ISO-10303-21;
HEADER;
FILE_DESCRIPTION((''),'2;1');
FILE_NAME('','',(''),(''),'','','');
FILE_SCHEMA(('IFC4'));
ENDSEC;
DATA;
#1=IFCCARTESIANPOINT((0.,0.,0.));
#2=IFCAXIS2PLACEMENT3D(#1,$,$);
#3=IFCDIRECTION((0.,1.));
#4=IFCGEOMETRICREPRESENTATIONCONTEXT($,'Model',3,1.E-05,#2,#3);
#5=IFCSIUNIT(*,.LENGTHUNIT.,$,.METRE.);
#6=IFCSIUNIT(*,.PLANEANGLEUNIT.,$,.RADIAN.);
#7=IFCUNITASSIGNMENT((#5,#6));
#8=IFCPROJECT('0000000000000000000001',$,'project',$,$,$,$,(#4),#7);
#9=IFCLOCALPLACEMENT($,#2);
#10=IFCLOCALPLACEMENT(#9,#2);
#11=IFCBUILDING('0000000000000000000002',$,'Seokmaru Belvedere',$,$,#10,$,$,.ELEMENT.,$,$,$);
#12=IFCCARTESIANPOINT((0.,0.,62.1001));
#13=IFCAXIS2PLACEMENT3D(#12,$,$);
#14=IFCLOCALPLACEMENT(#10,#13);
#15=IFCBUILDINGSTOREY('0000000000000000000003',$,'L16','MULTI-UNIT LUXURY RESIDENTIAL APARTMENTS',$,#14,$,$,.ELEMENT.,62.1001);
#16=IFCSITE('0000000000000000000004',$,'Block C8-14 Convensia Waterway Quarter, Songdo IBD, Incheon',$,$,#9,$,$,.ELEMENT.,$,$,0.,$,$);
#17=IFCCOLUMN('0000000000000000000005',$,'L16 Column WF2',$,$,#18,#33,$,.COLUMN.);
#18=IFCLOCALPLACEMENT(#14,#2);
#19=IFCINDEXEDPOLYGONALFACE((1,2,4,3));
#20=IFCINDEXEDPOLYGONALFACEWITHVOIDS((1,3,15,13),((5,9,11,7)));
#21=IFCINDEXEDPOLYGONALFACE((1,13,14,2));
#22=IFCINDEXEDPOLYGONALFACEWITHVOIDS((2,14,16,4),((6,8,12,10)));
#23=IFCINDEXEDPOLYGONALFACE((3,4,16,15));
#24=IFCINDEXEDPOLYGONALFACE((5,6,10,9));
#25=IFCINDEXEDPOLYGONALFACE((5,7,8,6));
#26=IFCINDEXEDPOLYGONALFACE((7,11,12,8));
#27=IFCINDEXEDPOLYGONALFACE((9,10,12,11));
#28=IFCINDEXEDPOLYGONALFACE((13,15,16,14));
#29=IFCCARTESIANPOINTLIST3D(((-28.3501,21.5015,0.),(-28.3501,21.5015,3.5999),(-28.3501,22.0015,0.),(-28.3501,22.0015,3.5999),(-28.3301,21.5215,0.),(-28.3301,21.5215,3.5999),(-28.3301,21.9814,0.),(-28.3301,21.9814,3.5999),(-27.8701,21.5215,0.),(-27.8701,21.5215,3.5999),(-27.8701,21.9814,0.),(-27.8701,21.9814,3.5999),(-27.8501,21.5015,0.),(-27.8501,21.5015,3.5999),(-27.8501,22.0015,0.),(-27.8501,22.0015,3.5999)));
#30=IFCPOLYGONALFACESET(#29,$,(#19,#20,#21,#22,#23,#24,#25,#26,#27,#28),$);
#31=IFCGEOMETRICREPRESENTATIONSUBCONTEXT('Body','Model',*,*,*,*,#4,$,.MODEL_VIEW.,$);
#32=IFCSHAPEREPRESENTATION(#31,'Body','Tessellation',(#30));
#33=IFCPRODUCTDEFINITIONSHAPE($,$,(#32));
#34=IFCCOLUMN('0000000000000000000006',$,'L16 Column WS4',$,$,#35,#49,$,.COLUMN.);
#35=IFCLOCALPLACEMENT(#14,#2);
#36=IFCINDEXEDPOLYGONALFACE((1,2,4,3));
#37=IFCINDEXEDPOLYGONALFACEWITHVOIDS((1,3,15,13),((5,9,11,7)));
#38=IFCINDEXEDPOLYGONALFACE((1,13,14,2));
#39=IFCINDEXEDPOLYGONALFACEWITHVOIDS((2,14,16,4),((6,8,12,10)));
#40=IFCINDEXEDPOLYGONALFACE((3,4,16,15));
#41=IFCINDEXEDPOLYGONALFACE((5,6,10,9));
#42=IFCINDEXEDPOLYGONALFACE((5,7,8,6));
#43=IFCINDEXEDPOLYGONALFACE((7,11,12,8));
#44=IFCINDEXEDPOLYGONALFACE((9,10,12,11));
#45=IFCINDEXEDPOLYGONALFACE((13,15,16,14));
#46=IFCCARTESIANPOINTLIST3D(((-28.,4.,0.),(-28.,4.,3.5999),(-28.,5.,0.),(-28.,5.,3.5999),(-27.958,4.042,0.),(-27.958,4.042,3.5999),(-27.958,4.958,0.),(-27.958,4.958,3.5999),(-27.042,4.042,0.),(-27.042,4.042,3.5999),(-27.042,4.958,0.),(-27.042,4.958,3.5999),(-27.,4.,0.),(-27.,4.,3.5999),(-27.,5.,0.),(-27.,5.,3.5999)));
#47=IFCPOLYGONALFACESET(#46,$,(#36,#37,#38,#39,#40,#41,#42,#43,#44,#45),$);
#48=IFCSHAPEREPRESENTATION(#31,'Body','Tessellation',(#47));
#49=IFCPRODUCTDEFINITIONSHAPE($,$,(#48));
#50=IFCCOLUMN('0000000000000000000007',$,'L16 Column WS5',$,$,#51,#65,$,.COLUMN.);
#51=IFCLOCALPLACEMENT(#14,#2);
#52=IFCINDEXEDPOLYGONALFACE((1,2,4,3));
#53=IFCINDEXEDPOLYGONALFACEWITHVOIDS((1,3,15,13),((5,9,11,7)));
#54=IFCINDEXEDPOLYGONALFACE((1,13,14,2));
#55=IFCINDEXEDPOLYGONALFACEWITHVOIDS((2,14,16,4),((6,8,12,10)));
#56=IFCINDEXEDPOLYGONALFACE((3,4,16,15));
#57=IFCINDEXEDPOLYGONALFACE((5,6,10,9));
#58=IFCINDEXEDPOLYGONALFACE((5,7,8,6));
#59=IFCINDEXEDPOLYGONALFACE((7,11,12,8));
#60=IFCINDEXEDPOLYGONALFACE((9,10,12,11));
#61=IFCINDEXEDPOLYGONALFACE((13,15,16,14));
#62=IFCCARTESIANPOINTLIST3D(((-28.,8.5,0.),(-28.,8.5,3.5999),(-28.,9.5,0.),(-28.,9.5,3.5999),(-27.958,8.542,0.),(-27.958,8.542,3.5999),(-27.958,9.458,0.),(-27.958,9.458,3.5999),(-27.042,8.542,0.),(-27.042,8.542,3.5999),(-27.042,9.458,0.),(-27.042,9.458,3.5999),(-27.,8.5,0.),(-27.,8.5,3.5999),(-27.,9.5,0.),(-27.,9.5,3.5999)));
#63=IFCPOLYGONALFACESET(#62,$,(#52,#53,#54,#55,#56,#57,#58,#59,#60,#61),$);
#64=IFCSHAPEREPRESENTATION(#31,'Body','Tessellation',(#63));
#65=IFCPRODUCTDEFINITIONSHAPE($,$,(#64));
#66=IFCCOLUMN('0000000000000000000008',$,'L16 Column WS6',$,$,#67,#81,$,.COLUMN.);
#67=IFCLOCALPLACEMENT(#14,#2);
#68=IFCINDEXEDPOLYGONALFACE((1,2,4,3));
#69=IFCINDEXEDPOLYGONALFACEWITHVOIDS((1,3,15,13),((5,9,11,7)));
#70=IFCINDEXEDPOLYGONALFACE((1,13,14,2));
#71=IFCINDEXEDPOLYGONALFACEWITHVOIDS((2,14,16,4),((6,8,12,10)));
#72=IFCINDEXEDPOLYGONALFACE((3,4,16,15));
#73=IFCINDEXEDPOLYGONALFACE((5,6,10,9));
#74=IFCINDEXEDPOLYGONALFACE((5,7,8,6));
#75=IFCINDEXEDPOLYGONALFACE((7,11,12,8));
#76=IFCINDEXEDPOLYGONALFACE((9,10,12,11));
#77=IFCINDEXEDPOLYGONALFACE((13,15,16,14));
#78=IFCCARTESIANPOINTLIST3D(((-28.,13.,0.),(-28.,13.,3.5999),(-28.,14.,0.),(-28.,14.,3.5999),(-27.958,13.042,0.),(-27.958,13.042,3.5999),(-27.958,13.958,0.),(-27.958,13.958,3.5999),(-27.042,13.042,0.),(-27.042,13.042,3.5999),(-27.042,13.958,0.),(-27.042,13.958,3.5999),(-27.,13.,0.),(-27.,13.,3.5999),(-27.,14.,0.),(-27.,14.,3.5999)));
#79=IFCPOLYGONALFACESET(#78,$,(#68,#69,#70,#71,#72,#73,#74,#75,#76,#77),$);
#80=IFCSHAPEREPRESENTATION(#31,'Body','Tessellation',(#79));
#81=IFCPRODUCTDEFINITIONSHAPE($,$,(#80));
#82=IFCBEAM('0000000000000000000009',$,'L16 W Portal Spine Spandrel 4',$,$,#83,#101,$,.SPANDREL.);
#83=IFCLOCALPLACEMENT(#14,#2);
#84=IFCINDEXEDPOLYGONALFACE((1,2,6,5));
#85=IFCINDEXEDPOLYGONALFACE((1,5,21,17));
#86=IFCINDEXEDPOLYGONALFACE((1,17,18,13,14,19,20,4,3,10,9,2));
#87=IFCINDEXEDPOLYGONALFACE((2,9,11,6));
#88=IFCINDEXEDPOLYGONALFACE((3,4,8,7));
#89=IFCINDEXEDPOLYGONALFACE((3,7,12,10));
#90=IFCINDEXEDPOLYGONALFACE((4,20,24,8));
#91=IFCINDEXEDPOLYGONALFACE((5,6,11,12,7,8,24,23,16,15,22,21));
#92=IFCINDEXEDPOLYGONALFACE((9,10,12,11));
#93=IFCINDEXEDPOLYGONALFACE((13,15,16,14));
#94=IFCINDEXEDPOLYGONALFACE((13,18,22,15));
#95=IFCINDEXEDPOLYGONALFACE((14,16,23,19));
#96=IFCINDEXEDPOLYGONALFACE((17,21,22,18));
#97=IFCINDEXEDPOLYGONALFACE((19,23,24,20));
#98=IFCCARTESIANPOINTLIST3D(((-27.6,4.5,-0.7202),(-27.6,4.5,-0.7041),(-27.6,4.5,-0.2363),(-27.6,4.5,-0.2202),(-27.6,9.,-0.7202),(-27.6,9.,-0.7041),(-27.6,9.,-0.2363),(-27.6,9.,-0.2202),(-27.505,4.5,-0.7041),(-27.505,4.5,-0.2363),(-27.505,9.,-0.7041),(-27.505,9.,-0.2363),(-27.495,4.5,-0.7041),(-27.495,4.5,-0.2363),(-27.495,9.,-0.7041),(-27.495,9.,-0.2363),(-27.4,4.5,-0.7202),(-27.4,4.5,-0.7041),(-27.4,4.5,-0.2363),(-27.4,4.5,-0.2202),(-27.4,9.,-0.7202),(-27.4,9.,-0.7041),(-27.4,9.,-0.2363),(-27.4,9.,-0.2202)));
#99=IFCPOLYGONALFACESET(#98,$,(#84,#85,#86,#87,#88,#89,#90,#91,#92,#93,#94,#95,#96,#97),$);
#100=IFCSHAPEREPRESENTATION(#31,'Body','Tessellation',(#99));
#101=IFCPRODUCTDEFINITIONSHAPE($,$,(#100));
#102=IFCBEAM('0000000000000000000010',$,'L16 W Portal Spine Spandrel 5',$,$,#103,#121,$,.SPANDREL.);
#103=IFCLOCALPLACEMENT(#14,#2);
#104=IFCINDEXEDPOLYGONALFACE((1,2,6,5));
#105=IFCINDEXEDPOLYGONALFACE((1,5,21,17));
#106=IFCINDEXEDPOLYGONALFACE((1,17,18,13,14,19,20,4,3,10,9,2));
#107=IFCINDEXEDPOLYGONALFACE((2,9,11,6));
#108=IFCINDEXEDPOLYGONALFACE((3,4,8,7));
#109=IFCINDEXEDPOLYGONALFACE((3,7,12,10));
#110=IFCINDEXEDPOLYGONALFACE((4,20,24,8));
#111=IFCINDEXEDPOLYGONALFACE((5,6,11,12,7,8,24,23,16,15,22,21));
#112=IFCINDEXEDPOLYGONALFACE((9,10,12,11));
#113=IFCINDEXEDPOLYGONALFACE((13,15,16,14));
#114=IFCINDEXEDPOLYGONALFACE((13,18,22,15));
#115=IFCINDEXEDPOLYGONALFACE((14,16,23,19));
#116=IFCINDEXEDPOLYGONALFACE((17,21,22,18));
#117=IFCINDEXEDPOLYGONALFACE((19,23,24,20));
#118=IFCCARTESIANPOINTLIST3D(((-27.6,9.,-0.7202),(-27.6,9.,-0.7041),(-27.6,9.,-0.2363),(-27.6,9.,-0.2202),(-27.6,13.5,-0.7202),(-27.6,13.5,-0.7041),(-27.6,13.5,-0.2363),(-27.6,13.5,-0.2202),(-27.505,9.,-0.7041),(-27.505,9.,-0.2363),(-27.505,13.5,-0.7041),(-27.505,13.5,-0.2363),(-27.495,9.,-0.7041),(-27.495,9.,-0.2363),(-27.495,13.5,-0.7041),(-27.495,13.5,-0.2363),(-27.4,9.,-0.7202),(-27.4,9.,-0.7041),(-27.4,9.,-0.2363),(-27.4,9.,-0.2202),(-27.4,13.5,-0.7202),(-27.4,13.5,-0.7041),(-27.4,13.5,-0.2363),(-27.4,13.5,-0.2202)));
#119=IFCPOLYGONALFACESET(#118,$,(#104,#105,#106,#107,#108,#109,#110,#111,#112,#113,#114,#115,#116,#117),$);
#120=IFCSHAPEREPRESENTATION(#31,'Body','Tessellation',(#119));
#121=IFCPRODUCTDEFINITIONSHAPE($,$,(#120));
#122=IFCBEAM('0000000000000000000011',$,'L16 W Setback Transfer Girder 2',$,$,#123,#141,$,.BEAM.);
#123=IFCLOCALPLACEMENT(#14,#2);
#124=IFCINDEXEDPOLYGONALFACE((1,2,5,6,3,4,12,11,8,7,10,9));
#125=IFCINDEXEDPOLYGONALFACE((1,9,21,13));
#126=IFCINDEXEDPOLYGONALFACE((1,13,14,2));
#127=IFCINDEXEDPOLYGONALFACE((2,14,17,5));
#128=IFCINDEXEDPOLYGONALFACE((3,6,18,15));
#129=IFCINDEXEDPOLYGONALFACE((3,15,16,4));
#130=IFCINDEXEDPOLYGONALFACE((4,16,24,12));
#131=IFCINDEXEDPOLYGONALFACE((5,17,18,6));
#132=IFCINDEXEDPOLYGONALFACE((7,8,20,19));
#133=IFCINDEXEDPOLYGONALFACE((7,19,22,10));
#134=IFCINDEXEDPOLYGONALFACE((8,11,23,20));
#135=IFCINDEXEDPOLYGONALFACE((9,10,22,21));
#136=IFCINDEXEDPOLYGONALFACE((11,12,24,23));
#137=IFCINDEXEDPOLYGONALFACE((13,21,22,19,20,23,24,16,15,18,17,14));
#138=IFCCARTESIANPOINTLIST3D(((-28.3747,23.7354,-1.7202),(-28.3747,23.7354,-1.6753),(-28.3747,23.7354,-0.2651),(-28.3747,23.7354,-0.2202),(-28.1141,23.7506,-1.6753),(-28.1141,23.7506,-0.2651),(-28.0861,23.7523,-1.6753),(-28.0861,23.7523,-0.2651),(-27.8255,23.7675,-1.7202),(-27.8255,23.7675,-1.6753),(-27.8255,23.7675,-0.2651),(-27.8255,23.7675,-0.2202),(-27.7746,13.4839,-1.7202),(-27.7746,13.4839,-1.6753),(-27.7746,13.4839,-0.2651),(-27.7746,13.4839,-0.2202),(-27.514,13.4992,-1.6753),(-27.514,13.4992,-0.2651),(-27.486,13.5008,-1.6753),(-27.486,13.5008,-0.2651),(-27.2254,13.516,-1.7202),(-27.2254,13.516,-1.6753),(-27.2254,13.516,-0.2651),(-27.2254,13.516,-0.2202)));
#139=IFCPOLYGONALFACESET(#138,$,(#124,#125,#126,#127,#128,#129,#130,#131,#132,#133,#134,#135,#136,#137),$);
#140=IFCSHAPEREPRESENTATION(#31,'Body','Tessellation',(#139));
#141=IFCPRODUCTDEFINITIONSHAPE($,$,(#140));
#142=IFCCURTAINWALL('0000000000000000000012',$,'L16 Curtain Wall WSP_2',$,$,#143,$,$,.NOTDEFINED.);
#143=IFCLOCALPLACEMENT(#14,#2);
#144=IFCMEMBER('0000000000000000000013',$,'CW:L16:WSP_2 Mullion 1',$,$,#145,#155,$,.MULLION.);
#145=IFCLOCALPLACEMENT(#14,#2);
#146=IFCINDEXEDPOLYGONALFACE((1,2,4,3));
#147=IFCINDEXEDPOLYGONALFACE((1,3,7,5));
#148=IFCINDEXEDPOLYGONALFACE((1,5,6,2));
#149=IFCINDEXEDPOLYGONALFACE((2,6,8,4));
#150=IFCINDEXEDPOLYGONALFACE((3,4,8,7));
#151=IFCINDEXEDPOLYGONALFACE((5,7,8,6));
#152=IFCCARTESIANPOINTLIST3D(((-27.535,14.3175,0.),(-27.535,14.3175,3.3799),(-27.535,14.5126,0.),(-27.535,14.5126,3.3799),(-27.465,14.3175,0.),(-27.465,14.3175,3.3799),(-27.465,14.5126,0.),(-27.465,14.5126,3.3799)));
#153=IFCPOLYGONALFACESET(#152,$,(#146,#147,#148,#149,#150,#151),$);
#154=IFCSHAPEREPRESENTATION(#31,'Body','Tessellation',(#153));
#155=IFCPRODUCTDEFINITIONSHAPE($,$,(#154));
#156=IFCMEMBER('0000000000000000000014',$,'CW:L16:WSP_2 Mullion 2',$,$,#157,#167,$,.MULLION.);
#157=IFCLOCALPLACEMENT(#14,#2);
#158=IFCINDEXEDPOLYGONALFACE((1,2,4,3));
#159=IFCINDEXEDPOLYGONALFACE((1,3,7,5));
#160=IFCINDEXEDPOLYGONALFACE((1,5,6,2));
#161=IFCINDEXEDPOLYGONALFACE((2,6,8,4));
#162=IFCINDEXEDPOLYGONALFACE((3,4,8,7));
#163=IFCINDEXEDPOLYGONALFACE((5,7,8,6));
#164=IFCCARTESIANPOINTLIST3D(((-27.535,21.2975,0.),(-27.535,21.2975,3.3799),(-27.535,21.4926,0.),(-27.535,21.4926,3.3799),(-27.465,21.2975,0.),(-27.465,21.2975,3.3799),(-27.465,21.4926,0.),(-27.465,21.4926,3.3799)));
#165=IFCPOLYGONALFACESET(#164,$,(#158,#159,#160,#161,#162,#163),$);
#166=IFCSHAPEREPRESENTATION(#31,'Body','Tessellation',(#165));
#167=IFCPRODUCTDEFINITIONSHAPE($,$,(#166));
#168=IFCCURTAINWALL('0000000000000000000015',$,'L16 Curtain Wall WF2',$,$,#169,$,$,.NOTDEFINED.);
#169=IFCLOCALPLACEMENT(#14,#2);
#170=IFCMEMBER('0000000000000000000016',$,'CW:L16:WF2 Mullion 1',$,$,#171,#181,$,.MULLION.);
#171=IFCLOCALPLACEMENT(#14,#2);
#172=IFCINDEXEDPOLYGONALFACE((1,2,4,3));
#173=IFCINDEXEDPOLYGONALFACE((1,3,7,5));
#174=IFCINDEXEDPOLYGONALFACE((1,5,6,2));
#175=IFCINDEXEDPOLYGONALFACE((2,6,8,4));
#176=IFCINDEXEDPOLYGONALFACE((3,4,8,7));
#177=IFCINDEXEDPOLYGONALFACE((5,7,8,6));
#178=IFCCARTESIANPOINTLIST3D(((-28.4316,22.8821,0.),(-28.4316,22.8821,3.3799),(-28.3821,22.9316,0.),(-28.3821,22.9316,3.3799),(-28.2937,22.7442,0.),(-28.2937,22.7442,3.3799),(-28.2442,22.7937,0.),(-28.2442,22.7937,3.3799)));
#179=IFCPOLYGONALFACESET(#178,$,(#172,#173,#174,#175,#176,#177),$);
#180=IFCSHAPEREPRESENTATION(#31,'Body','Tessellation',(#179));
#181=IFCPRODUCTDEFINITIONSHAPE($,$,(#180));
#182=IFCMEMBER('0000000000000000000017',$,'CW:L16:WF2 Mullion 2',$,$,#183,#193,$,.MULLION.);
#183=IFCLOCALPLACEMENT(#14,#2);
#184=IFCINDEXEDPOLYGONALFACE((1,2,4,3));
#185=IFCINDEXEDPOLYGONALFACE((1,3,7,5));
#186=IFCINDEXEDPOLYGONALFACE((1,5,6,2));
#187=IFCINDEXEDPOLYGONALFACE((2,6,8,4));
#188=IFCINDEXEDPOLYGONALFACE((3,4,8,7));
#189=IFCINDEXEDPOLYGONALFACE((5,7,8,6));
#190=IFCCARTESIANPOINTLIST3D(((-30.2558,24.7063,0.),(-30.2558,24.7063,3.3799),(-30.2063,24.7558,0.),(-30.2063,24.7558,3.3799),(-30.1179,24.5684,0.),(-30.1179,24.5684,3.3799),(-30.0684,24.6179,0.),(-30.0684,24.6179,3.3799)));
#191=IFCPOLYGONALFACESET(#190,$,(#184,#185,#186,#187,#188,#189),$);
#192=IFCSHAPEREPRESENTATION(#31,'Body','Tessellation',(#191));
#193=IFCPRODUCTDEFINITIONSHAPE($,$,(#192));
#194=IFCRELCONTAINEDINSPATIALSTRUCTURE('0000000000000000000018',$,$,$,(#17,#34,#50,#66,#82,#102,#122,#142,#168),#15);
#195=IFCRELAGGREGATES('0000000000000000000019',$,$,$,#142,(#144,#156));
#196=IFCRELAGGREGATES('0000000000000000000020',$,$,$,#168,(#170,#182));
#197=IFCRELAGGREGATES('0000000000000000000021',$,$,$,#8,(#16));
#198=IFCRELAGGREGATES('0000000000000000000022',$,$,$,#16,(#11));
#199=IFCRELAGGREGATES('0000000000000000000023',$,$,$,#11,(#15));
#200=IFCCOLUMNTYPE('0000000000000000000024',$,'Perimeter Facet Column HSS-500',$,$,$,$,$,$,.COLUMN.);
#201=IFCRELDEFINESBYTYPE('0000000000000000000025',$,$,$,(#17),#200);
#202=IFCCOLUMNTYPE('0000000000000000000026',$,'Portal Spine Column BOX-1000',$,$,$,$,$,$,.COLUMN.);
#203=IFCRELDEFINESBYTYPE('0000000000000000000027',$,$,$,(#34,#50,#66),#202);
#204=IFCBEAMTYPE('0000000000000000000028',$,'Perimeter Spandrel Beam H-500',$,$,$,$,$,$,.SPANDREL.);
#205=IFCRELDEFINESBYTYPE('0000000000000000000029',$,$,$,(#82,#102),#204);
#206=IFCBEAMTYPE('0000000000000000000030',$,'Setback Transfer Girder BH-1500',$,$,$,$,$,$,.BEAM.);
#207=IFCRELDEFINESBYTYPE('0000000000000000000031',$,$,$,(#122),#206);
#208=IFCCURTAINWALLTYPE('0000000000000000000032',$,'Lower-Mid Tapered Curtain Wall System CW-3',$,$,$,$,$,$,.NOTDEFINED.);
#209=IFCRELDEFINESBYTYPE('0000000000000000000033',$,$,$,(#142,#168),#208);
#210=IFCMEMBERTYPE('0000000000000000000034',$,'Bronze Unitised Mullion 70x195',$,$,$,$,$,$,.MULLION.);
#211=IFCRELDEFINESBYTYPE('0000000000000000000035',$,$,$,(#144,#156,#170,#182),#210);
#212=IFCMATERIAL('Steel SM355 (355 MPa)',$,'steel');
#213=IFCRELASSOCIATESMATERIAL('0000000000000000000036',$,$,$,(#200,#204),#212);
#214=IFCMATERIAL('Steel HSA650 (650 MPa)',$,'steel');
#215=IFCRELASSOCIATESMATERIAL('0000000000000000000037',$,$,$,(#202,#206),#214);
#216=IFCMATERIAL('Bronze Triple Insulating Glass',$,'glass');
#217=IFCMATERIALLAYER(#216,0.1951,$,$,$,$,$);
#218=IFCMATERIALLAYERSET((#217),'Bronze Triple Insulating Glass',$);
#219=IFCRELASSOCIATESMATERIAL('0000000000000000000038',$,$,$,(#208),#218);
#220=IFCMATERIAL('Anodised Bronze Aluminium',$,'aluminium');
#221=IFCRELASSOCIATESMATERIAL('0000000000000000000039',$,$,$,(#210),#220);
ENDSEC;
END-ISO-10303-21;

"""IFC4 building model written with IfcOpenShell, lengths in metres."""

from ifc_helpers import new_model, si_unit, direction, frame, origin, origin_2d, place, context, subcontext, project, spatial, rectangle, hollow_rectangle, i_section, extrude, source, transform, mapped, material, layer, layer_set, material_profile, profile_set, type_object, type_shapes, element, aggregate, save


model = new_model("IFC4")

# Units and contexts
model_context = context("Model", 3, precision=1e-05, world=origin(), true_north=direction((0.0, 1.0)))
body_context = subcontext(model_context, "Body", "Model", "MODEL_VIEW")
ifc_project = project(units=[si_unit("LENGTHUNIT", "METRE"), si_unit("PLANEANGLEUNIT", "RADIAN")], contexts=[model_context])

# Site, building, storey
site_placement = place(None, origin())
site = spatial("IfcSite", under=ifc_project, at=site_placement, Name="Block C8-14 Convensia Waterway Quarter, Songdo IBD, Incheon", CompositionType="ELEMENT", RefElevation=0.0)
building_placement = place(site_placement, origin())
building = spatial("IfcBuilding", under=site, at=building_placement, Name="Seokmaru Belvedere", CompositionType="ELEMENT")
storey_placement = place(building_placement, frame((0.0, 0.0, 62.1001)))
storey = spatial("IfcBuildingStorey", under=building, at=storey_placement, Name="L16", Description="MULTI-UNIT LUXURY RESIDENTIAL APARTMENTS", CompositionType="ELEMENT", Elevation=62.1001)

# Columns
ifc_material_1 = material(Name="Steel SM355 (355 MPa)", Category="steel")
ifc_material_profile_1 = material_profile(ifc_material_1, hollow_rectangle(XDim=0.5, YDim=0.5, WallThickness=0.02, at=origin_2d()), Name="HSS-500x500x20")
ifc_profile_set_1 = profile_set([ifc_material_profile_1], Name="Steel SM355 (355 MPa)")
column_type_1 = type_object("IfcColumnType", Name="Perimeter Facet Column HSS-500", PredefinedType="COLUMN", material=ifc_profile_set_1)
shared_shape_1 = source(origin(), body_context, "Body", "SweptSolid", [
    extrude(hollow_rectangle(XDim=0.5, YDim=0.5, WallThickness=0.02, at=origin_2d()), origin(), (0.0, 0.0, 1.0), 3.5999),
])
type_shapes(column_type_1, [shared_shape_1])
column_placement = place(storey_placement, frame((-28.1001, 21.7515, 0.0), z_axis=(0.0, 0.0, 1.0), x_axis=(1.0, 0.0, 0.0)))
element("IfcColumn", 1, at=column_placement, inside=storey, type_object=column_type_1, Name="L16 Column WF2", PredefinedType="COLUMN", context=body_context, shape_type="MappedRepresentation", body=[
    mapped(shared_shape_1, transform((0.0, 0.0, 0.0), scale=1.0)),
])
ifc_material_2 = material(Name="Steel HSA650 (650 MPa)", Category="steel")
ifc_material_profile_2 = material_profile(ifc_material_2, hollow_rectangle(XDim=1.0, YDim=1.0, WallThickness=0.042, at=origin_2d()), Name="BOX-1000x1000x42")
ifc_profile_set_2 = profile_set([ifc_material_profile_2], Name="Steel HSA650 (650 MPa)")
column_type_2 = type_object("IfcColumnType", Name="Portal Spine Column BOX-1000", PredefinedType="COLUMN", material=ifc_profile_set_2)
shared_shape_2 = source(origin(), body_context, "Body", "SweptSolid", [
    extrude(hollow_rectangle(XDim=1.0, YDim=1.0, WallThickness=0.042, at=origin_2d()), origin(), (0.0, 0.0, 1.0), 3.5999),
])
type_shapes(column_type_2, [shared_shape_2])
for number, where, z_axis, x_axis, name in (
    (2, (-27.5, 4.5, 0.0), (0.0, 0.0, 1.0), (1.0, 0.0, 0.0), "L16 Column WS4"),
    (3, (-27.5, 9.0, 0.0), (0.0, 0.0, 1.0), (1.0, 0.0, 0.0), "L16 Column WS5"),
    (4, (-27.5, 13.5, 0.0), (0.0, 0.0, 1.0), (1.0, 0.0, 0.0), "L16 Column WS6"),
):
    element("IfcColumn", number, at=place(storey_placement, frame(where, z_axis=z_axis, x_axis=x_axis)), inside=storey, type_object=column_type_2, Name=name, PredefinedType="COLUMN", context=body_context, shape_type="MappedRepresentation", body=[
        mapped(shared_shape_2, transform((0.0, 0.0, 0.0), scale=1.0)),
    ])

# Beams
ifc_material_profile_3 = material_profile(ifc_material_1, i_section(OverallWidth=0.2, OverallDepth=0.5, WebThickness=0.01, FlangeThickness=0.0161, at=origin_2d()), Name="H-500x200x10x16")
ifc_profile_set_3 = profile_set([ifc_material_profile_3], Name="Steel SM355 (355 MPa)")
beam_type_1 = type_object("IfcBeamType", Name="Perimeter Spandrel Beam H-500", PredefinedType="SPANDREL", material=ifc_profile_set_3)
shared_shape_3 = source(origin(), body_context, "Body", "SweptSolid", [
    extrude(i_section(OverallWidth=0.2, OverallDepth=0.5, WebThickness=0.01, FlangeThickness=0.0161, at=origin_2d()), origin(), (0.0, 0.0, 1.0), 4.5),
])
type_shapes(beam_type_1, [shared_shape_3])
for number, where, z_axis, x_axis, name in (
    (5, (-27.5, 4.5, -0.4702), (0.0, 1.0, 0.0), (-1.0, 0.0, 0.0), "L16 W Portal Spine Spandrel 4"),
    (6, (-27.5, 9.0, -0.4702), (0.0, 1.0, 0.0), (-1.0, 0.0, 0.0), "L16 W Portal Spine Spandrel 5"),
):
    element("IfcBeam", number, at=place(storey_placement, frame(where, z_axis=z_axis, x_axis=x_axis)), inside=storey, type_object=beam_type_1, Name=name, PredefinedType="SPANDREL", context=body_context, shape_type="MappedRepresentation", body=[
        mapped(shared_shape_3, transform((0.0, 0.0, 0.0), scale=1.0)),
    ])
ifc_material_profile_4 = material_profile(ifc_material_2, i_section(OverallWidth=0.55, OverallDepth=1.5, WebThickness=0.0281, FlangeThickness=0.0449, at=origin_2d()), Name="BH-1500x550x28x45")
ifc_profile_set_4 = profile_set([ifc_material_profile_4], Name="Steel HSA650 (650 MPa)")
beam_type_2 = type_object("IfcBeamType", Name="Setback Transfer Girder BH-1500", PredefinedType="BEAM", material=ifc_profile_set_4)
shared_shape_4 = source(origin(), body_context, "Body", "SweptSolid", [
    extrude(i_section(OverallWidth=0.55, OverallDepth=1.5, WebThickness=0.0281, FlangeThickness=0.0449, at=origin_2d()), origin(), (0.0, 0.0, 1.0), 10.269),
])
type_shapes(beam_type_2, [shared_shape_4])
beam_placement = place(storey_placement, frame((-28.1001, 23.7515, -0.9702), z_axis=(0.058438, -0.998291, 0.0), x_axis=(0.998291, 0.058438, 0.0)))
element("IfcBeam", 7, at=beam_placement, inside=storey, type_object=beam_type_2, Name="L16 W Setback Transfer Girder 2", PredefinedType="BEAM", context=body_context, shape_type="MappedRepresentation", body=[
    mapped(shared_shape_4, transform((0.0, 0.0, 0.0), scale=1.0)),
])

# Curtain walls, members
ifc_material_3 = material(Name="Bronze Triple Insulating Glass", Category="glass")
ifc_layer_1 = layer(ifc_material_3, 0.1951)
ifc_layer_set_1 = layer_set([ifc_layer_1], Name="Bronze Triple Insulating Glass")
curtain_wall_type = type_object("IfcCurtainWallType", Name="Lower-Mid Tapered Curtain Wall System CW-3", PredefinedType="NOTDEFINED", material=ifc_layer_set_1)
curtain_wall_1_placement = place(storey_placement, origin())
curtain_wall_1 = element("IfcCurtainWall", 8, at=curtain_wall_1_placement, inside=storey, type_object=curtain_wall_type, Name="L16 Curtain Wall WSP_2", PredefinedType="NOTDEFINED")
ifc_material_4 = material(Name="Anodised Bronze Aluminium", Category="aluminium")
ifc_material_profile_5 = material_profile(ifc_material_4, rectangle(XDim=0.0701, YDim=0.1951, at=origin_2d()), Name="CW-M-70x195")
ifc_profile_set_5 = profile_set([ifc_material_profile_5], Name="Anodised Bronze Aluminium")
member_type_1 = type_object("IfcMemberType", Name="Bronze Unitised Mullion 70x195", PredefinedType="MULLION", material=ifc_profile_set_5)
shared_shape_5 = source(origin(), body_context, "Body", "SweptSolid", [
    extrude(rectangle(XDim=0.0701, YDim=0.1951, at=origin_2d()), origin(), (0.0, 0.0, 1.0), 3.3799),
])
type_shapes(member_type_1, [shared_shape_5])
member_1_placement = place(storey_placement, frame((-27.5, 14.415, 0.0), z_axis=(0.0, 0.0, 1.0), x_axis=(-1.0, 0.0, 0.0)))
member_1 = element("IfcMember", 9, at=member_1_placement, type_object=member_type_1, Name="CW:L16:WSP_2 Mullion 1", PredefinedType="MULLION", context=body_context, shape_type="MappedRepresentation", body=[
    mapped(shared_shape_5, transform((0.0, 0.0, 0.0), scale=1.0)),
])
member_2_placement = place(storey_placement, frame((-27.5, 21.395, 0.0), z_axis=(0.0, 0.0, 1.0), x_axis=(-1.0, 0.0, 0.0)))
member_2 = element("IfcMember", 10, at=member_2_placement, type_object=member_type_1, Name="CW:L16:WSP_2 Mullion 2", PredefinedType="MULLION", context=body_context, shape_type="MappedRepresentation", body=[
    mapped(shared_shape_5, transform((0.0, 0.0, 0.0), scale=1.0)),
])
curtain_wall_2_placement = place(storey_placement, origin())
curtain_wall_2 = element("IfcCurtainWall", 11, at=curtain_wall_2_placement, inside=storey, type_object=curtain_wall_type, Name="L16 Curtain Wall WF2", PredefinedType="NOTDEFINED")
member_3_placement = place(storey_placement, frame((-28.3379, 22.8379, 0.0), z_axis=(0.0, 0.0, 1.0), x_axis=(-0.707107, -0.707107, 0.0)))
member_3 = element("IfcMember", 12, at=member_3_placement, type_object=member_type_1, Name="CW:L16:WF2 Mullion 1", PredefinedType="MULLION", context=body_context, shape_type="MappedRepresentation", body=[
    mapped(shared_shape_5, transform((0.0, 0.0, 0.0), scale=1.0)),
])
member_4_placement = place(storey_placement, frame((-30.1621, 24.6621, 0.0), z_axis=(0.0, 0.0, 1.0), x_axis=(-0.707107, -0.707107, 0.0)))
member_4 = element("IfcMember", 13, at=member_4_placement, type_object=member_type_1, Name="CW:L16:WF2 Mullion 2", PredefinedType="MULLION", context=body_context, shape_type="MappedRepresentation", body=[
    mapped(shared_shape_5, transform((0.0, 0.0, 0.0), scale=1.0)),
])

aggregate(curtain_wall_1, [member_1, member_2])
aggregate(curtain_wall_2, [member_3, member_4])

save(model, "model.ifc")
